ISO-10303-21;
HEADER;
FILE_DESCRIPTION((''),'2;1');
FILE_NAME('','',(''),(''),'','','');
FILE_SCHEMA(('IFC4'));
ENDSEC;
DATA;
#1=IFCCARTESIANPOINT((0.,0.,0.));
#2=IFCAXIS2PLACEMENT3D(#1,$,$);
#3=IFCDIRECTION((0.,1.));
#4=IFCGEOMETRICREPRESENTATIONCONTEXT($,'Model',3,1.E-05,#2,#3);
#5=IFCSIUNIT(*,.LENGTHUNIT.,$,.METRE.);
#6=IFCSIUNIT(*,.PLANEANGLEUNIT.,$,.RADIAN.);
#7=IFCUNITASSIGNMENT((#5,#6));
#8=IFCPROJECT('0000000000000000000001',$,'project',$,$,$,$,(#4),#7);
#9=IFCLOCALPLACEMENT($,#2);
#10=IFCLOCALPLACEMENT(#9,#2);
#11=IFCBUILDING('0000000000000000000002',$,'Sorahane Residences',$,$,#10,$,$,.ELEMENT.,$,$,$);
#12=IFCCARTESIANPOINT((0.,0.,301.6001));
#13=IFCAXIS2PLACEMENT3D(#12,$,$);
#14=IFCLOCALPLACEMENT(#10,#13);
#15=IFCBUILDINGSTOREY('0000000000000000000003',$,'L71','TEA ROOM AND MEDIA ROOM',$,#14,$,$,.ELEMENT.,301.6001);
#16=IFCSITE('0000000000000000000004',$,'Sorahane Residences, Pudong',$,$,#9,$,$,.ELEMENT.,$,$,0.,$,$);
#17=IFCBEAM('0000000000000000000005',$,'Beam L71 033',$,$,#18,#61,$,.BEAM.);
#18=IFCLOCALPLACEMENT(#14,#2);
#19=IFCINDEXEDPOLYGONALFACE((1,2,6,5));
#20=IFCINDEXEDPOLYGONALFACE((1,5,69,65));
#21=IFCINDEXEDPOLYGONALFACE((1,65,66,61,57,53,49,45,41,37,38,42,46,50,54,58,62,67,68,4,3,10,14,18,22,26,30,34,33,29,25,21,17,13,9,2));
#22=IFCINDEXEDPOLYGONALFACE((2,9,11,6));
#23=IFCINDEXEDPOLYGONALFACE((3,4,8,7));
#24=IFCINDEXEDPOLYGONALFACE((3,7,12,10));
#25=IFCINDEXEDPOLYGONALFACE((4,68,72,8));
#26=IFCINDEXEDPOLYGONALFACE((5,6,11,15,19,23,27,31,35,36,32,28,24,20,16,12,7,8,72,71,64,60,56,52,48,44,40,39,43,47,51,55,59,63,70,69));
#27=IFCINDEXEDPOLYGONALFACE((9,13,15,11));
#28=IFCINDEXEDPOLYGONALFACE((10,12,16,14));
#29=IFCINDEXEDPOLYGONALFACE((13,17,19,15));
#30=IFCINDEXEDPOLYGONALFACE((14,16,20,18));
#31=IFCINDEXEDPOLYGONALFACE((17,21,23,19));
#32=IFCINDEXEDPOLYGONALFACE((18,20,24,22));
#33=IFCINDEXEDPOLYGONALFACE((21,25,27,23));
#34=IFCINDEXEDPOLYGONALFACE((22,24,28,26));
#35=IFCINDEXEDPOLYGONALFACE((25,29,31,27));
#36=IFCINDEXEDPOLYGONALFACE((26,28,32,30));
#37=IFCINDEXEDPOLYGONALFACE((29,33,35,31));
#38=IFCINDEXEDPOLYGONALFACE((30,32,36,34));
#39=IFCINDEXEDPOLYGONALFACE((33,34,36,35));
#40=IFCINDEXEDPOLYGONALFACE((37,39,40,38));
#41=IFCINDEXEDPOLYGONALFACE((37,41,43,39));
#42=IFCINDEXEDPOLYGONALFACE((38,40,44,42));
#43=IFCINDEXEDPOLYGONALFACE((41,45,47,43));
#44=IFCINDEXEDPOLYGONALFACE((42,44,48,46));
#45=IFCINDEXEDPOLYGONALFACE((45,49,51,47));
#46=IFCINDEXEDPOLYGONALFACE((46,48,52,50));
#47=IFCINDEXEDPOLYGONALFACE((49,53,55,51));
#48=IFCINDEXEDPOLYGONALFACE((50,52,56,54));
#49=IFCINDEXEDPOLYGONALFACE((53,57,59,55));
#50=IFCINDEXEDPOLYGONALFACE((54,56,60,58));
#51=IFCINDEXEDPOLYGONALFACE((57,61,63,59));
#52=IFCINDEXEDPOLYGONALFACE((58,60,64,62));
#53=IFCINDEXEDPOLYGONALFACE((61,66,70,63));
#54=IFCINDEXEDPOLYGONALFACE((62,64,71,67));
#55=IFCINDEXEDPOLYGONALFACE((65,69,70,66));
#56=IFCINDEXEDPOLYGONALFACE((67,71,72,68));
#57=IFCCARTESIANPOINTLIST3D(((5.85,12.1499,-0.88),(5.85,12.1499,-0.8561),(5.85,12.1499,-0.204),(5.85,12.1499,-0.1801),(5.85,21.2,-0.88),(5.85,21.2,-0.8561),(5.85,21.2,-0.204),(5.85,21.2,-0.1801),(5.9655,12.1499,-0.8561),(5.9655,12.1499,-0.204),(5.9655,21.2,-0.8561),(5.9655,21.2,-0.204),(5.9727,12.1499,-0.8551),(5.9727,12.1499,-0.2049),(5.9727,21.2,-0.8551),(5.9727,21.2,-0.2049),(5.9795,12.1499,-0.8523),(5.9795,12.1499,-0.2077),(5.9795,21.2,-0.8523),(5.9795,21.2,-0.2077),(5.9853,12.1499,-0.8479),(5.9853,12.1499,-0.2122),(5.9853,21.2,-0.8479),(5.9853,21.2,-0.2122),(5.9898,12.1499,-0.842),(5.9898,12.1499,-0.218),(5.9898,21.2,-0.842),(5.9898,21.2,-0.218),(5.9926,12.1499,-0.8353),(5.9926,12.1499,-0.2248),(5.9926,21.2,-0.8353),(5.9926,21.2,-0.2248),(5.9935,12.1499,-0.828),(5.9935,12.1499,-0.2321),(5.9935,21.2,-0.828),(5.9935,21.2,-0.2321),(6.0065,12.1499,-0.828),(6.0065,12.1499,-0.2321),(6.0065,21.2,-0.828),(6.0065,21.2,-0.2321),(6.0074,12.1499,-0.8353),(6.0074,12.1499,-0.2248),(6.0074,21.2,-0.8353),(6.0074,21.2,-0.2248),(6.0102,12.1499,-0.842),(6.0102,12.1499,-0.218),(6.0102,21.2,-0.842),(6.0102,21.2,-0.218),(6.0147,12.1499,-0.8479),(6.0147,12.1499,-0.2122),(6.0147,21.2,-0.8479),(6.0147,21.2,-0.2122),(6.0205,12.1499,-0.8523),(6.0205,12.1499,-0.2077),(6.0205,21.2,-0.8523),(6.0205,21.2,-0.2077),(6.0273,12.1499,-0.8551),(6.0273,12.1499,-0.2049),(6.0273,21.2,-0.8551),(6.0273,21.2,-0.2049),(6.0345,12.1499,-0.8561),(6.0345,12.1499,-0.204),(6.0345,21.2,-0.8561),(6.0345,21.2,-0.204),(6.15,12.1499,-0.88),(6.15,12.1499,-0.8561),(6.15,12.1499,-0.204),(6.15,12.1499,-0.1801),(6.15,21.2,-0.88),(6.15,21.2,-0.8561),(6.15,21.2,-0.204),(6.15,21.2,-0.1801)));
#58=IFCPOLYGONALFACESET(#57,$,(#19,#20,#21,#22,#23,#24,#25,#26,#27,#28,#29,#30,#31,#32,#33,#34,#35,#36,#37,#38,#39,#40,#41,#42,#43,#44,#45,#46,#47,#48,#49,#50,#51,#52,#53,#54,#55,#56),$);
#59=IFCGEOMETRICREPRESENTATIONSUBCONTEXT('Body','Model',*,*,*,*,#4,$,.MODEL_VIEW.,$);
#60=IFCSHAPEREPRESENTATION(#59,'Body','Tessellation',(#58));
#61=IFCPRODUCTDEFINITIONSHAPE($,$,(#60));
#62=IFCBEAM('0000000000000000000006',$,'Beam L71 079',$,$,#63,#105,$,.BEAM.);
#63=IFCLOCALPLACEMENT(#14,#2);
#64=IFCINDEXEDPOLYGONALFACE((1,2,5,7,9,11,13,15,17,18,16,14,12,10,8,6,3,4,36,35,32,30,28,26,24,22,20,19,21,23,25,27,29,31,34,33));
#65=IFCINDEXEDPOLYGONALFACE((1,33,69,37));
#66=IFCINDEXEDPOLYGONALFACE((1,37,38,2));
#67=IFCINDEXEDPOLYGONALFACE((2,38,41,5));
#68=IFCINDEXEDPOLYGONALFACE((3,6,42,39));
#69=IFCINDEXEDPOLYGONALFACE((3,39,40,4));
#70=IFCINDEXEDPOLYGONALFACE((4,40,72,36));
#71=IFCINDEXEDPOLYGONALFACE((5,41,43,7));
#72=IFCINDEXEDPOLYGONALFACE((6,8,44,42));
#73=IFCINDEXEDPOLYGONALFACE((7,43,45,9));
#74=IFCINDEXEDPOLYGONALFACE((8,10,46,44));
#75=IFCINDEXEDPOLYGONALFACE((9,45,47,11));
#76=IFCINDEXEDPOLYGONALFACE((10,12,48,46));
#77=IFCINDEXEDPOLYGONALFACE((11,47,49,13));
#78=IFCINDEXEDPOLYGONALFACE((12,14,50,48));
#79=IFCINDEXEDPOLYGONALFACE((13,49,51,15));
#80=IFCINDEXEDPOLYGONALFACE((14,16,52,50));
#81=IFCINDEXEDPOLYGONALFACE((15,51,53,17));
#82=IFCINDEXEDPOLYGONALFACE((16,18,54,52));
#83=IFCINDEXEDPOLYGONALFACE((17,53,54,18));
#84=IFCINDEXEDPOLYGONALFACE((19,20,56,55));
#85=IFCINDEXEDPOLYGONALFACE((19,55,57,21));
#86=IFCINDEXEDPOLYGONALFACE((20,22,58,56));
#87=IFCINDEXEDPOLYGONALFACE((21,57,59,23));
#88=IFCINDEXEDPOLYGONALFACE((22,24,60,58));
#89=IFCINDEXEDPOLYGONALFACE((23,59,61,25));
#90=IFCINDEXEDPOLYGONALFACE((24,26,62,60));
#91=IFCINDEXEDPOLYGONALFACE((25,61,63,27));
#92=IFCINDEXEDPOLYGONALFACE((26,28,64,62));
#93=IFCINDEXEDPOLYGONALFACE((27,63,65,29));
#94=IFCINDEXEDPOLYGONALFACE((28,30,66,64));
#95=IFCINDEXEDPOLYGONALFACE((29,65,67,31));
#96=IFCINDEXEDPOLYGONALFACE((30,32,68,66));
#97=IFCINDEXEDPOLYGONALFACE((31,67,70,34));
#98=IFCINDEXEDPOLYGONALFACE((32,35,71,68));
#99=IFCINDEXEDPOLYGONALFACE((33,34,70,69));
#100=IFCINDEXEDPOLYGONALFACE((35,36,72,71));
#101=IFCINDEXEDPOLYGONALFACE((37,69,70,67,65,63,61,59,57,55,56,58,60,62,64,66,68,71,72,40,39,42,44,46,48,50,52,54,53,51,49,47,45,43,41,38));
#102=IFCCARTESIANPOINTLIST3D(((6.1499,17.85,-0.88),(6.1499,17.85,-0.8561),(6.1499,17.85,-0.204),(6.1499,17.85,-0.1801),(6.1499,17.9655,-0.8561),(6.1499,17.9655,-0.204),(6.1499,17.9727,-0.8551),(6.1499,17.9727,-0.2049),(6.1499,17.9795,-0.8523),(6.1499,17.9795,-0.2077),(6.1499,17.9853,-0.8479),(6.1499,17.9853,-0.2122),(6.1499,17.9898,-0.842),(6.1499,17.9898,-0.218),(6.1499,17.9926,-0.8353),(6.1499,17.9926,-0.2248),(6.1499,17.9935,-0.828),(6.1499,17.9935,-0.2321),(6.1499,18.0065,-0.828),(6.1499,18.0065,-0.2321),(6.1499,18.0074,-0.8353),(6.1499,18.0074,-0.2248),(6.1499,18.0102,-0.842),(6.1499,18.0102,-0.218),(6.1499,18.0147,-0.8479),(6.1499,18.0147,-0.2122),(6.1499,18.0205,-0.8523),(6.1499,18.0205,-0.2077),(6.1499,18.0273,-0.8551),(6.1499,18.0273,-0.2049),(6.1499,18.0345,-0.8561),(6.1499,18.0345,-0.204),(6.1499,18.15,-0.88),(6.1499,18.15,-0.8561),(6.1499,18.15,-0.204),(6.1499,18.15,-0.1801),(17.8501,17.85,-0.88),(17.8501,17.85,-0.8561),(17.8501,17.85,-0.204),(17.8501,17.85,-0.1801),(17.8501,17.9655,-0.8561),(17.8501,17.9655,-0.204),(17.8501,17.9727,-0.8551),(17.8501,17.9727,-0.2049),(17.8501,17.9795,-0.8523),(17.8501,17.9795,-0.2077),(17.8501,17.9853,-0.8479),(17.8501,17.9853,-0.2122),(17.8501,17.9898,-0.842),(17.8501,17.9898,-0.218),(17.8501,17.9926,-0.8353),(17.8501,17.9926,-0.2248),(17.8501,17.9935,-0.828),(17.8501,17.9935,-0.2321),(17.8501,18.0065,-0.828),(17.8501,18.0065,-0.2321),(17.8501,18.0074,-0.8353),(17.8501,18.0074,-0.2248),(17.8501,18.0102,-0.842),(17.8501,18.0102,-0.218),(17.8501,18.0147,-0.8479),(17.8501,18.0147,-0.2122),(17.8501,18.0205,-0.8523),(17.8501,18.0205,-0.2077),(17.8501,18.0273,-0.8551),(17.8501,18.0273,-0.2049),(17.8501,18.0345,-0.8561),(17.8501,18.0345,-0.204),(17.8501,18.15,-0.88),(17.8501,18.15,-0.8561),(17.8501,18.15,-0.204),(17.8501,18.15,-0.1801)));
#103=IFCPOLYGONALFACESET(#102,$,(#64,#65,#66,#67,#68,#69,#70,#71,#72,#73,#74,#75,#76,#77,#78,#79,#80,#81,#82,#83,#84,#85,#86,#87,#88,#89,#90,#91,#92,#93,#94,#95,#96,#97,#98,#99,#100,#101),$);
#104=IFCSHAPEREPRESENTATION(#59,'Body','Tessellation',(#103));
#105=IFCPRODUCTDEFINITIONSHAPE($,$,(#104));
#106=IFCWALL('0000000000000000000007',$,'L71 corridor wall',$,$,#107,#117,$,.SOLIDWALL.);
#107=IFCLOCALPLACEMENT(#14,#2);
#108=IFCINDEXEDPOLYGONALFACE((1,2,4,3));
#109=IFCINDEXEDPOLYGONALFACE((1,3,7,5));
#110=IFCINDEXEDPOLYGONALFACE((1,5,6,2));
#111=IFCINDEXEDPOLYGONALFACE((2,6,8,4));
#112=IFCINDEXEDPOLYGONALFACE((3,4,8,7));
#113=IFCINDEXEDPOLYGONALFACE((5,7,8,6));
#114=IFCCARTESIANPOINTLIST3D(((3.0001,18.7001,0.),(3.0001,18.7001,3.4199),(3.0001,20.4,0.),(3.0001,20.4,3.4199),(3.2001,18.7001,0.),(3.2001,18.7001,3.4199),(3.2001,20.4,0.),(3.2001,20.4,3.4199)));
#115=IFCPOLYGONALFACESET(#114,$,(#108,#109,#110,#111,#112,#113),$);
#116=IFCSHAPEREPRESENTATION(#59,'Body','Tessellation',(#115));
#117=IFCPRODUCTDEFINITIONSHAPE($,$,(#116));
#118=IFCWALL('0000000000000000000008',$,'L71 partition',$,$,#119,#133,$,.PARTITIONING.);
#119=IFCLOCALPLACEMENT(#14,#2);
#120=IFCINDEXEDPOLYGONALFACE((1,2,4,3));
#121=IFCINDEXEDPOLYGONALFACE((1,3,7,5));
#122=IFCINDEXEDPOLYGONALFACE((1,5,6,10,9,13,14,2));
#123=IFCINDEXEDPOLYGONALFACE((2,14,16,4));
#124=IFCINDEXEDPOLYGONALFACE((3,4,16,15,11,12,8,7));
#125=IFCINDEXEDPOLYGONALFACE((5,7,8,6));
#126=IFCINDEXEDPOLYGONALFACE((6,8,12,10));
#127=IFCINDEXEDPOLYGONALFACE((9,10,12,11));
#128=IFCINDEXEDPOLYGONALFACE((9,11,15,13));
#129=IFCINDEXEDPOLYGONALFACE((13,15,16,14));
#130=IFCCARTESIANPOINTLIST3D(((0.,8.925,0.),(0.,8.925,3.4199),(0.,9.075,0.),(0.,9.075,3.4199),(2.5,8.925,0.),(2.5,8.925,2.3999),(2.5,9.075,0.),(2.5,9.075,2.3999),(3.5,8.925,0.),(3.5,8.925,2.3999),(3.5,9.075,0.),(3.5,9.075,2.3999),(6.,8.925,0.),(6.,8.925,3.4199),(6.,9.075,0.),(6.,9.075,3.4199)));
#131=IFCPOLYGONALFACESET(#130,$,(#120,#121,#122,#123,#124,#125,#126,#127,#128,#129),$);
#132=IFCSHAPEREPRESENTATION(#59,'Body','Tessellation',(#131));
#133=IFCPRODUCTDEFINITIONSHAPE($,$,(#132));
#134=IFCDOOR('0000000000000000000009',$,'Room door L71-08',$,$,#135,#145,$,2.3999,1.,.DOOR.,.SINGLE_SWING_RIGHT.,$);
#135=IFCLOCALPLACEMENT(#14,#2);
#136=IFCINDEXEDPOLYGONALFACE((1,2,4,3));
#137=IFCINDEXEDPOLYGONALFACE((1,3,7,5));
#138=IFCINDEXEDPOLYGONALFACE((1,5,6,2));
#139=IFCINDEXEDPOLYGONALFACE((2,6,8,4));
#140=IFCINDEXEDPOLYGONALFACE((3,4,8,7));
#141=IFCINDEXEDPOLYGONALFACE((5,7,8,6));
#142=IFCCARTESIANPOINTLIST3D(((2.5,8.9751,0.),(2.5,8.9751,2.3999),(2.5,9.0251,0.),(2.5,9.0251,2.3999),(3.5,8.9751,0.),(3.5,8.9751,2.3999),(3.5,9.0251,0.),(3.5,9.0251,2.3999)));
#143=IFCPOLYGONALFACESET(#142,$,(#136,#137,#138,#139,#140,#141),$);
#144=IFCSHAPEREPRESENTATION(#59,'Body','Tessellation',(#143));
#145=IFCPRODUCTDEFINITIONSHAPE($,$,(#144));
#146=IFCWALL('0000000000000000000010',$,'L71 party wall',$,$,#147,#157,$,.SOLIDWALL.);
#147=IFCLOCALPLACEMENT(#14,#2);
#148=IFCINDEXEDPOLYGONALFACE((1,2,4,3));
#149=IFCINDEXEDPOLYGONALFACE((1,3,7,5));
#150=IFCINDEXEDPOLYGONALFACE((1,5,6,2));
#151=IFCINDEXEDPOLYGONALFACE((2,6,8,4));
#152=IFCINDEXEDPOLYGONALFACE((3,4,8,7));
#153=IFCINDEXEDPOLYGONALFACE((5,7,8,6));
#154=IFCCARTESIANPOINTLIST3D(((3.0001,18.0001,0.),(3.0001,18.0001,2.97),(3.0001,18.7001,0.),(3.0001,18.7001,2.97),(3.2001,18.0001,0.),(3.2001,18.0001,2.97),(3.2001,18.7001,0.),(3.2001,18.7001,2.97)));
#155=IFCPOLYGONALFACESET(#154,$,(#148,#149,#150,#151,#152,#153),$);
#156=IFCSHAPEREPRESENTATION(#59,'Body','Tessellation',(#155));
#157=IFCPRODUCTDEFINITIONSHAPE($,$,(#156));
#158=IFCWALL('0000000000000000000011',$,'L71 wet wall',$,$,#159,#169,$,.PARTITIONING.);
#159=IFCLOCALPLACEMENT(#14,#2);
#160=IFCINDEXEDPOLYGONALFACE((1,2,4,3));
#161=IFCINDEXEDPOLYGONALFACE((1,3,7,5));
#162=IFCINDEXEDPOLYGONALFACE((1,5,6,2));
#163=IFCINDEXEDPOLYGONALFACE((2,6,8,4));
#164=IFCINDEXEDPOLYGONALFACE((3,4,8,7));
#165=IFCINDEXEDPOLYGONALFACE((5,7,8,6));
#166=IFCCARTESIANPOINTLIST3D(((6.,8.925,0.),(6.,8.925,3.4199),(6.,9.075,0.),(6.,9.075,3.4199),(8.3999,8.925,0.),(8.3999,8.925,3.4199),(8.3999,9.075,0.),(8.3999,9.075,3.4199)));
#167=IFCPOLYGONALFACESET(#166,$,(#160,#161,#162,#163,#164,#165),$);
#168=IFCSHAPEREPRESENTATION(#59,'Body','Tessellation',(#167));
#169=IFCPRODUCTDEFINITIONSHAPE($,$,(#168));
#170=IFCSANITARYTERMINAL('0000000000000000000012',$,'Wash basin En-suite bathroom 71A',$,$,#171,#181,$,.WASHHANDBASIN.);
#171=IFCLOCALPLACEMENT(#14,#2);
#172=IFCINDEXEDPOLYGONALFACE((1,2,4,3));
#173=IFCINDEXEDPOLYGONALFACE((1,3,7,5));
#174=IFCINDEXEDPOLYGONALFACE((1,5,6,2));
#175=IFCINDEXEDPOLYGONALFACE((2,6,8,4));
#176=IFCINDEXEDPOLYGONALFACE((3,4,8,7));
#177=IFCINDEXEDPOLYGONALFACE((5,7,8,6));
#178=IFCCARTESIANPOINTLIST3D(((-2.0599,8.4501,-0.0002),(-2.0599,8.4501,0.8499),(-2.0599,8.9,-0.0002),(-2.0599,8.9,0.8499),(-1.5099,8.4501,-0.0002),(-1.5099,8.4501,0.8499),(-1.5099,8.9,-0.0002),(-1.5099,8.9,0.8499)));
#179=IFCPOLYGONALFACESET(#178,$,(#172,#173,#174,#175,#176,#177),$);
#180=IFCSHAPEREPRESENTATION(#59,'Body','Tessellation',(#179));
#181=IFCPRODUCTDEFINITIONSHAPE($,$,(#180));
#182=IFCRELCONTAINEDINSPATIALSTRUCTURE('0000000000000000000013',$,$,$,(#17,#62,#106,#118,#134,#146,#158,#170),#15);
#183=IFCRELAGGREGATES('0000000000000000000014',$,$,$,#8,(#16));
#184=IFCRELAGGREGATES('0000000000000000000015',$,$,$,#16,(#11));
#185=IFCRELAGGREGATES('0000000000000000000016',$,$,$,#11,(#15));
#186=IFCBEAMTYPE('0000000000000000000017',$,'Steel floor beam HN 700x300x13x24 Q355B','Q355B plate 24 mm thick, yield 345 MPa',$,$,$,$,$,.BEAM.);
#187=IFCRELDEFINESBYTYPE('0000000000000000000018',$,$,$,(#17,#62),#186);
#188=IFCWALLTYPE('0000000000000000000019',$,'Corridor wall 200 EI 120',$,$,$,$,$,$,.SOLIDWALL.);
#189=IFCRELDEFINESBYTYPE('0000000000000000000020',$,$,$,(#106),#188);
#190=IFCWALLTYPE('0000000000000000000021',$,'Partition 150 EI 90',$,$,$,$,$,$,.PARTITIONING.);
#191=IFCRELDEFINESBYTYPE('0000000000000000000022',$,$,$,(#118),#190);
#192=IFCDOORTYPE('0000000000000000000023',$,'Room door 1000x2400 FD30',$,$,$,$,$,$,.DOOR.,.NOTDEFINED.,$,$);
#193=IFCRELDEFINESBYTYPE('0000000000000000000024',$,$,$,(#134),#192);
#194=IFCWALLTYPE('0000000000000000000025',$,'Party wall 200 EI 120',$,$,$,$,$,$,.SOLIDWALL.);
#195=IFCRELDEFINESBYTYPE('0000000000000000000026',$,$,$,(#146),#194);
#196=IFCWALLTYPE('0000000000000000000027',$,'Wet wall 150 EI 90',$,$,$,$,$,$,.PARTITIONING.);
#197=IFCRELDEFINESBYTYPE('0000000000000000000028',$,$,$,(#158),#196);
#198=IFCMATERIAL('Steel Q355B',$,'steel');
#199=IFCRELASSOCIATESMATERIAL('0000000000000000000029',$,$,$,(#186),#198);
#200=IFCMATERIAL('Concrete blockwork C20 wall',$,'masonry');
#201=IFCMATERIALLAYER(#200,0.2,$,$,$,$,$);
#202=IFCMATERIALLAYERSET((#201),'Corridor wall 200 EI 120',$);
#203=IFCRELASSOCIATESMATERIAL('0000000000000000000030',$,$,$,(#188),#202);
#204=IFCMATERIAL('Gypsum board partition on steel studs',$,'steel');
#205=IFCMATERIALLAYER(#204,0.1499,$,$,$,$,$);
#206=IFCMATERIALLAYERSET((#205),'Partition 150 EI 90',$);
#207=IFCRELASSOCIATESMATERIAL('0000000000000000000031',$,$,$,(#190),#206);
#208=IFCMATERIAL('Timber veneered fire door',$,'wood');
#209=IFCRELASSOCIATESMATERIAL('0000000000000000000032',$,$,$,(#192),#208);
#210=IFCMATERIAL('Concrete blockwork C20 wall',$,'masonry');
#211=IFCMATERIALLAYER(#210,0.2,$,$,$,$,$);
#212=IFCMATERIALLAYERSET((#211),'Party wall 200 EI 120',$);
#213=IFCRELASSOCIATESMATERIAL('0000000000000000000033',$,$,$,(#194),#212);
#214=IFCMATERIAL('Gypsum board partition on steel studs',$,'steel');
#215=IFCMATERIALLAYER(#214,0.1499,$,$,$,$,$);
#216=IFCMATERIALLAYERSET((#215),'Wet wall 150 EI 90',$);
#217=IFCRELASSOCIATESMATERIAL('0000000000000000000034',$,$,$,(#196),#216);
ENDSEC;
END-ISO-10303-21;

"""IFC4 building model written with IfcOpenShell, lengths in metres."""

from ifc_helpers import new_model, si_unit, direction, frame, frame_2d, origin, origin_2d, place, context, subcontext, project, spatial, rectangle, i_section, extrude, material, layer, layer_set, material_profile, profile_set, type_object, element, fill, save


model = new_model("IFC4")

# Units and contexts
model_context = context("Model", 3, precision=1e-05, world=origin(), true_north=direction((0.0, 1.0)))
body_context = subcontext(model_context, "Body", "Model", "MODEL_VIEW")
ifc_project = project(units=[si_unit("LENGTHUNIT", "METRE"), si_unit("PLANEANGLEUNIT", "RADIAN")], contexts=[model_context])

# Site, building, storey
site_placement = place(None, origin())
site = spatial("IfcSite", under=ifc_project, at=site_placement, Name="Sorahane Residences, Pudong", CompositionType="ELEMENT", RefElevation=0.0)
building_placement = place(site_placement, origin())
building = spatial("IfcBuilding", under=site, at=building_placement, Name="Sorahane Residences", CompositionType="ELEMENT")
storey_placement = place(building_placement, frame((0.0, 0.0, 301.6001)))
storey = spatial("IfcBuildingStorey", under=building, at=storey_placement, Name="L71", Description="TEA ROOM AND MEDIA ROOM", CompositionType="ELEMENT", Elevation=301.6001)

# Beams
ifc_material_1 = material(Name="Steel Q355B", Category="steel")
ifc_material_profile_1 = material_profile(ifc_material_1, i_section(OverallWidth=0.3, OverallDepth=0.7, WebThickness=0.0129, FlangeThickness=0.0239, FilletRadius=0.0281, at=origin_2d()), Name="HN 700x300x13x24")
ifc_profile_set_1 = profile_set([ifc_material_profile_1], Name="Steel Q355B")
beam_type_1 = type_object("IfcBeamType", Name="Steel floor beam HN 700x300x13x24 Q355B", Description="Q355B plate 24 mm thick, yield 345 MPa", PredefinedType="BEAM", material=ifc_profile_set_1)
beam_1_placement = place(storey_placement, frame((6.0, 12.1499, -0.53), z_axis=(0.0, 1.0, 0.0), x_axis=(-1.0, 0.0, 0.0)))
element("IfcBeam", 1, at=beam_1_placement, inside=storey, type_object=beam_type_1, Name="Beam L71 033", PredefinedType="BEAM", context=body_context, shape_type="SweptSolid", body=[
    extrude(i_section(OverallWidth=0.3, OverallDepth=0.7, WebThickness=0.0129, FlangeThickness=0.0239, FilletRadius=0.0281, at=origin_2d()), origin(), (0.0, 0.0, 1.0), 9.05),
])
beam_2_placement = place(storey_placement, frame((6.1499, 18.0, -0.53), z_axis=(1.0, 0.0, 0.0), x_axis=(0.0, 1.0, 0.0)))
element("IfcBeam", 2, at=beam_2_placement, inside=storey, type_object=beam_type_1, Name="Beam L71 079", PredefinedType="BEAM", context=body_context, shape_type="SweptSolid", body=[
    extrude(i_section(OverallWidth=0.3, OverallDepth=0.7, WebThickness=0.0129, FlangeThickness=0.0239, FilletRadius=0.0281, at=origin_2d()), origin(), (0.0, 0.0, 1.0), 11.7002),
])

# Wall
ifc_material_2 = material(Name="Concrete blockwork C20 wall", Category="masonry")
ifc_layer_1 = layer(ifc_material_2, 0.2)
ifc_layer_set_1 = layer_set([ifc_layer_1], Name="Corridor wall 200 EI 120")
wall_type_1 = type_object("IfcWallType", Name="Corridor wall 200 EI 120", PredefinedType="SOLIDWALL", material=ifc_layer_set_1)
wall_1_placement = place(storey_placement, frame((3.1001, 18.7, 0.0), z_axis=(0.0, 0.0, 1.0), x_axis=(0.0, 1.0, 0.0)))
element("IfcWall", 3, at=wall_1_placement, inside=storey, type_object=wall_type_1, Name="L71 corridor wall", PredefinedType="SOLIDWALL", context=body_context, shape_type="SweptSolid", body=[
    extrude(rectangle(XDim=1.7, YDim=0.2, at=frame_2d((0.8501, 0.0))), origin(), (0.0, 0.0, 1.0), 3.4199),
])

# Wall, opening, door
ifc_material_3 = material(Name="Gypsum board partition on steel studs", Category="steel")
ifc_layer_2 = layer(ifc_material_3, 0.1499)
ifc_layer_set_2 = layer_set([ifc_layer_2], Name="Partition 150 EI 90")
wall_type_2 = type_object("IfcWallType", Name="Partition 150 EI 90", PredefinedType="PARTITIONING", material=ifc_layer_set_2)
wall_2_placement = place(storey_placement, frame((0.0, 9.0, 0.0), z_axis=(0.0, 0.0, 1.0), x_axis=(1.0, 0.0, 0.0)))
wall_2 = element("IfcWall", 4, at=wall_2_placement, inside=storey, type_object=wall_type_2, Name="L71 partition", PredefinedType="PARTITIONING", context=body_context, shape_type="SweptSolid", body=[
    extrude(rectangle(XDim=6.0, YDim=0.1499, at=frame_2d((3.0, 0.0))), origin(), (0.0, 0.0, 1.0), 3.4199),
])
opening_1_placement = place(wall_2_placement, frame((2.5, 0.0, 0.0)))
opening_1 = element("IfcOpeningElement", 5, at=opening_1_placement, cuts=wall_2, PredefinedType="OPENING", context=body_context, shape_type="SweptSolid", body=[
    extrude(rectangle(XDim=1.0, YDim=2.3999, at=frame_2d((0.5, 1.2))), frame((0.0, 0.085, 0.0), z_axis=(0.0, -1.0, 0.0), x_axis=(1.0, 0.0, 0.0)), (0.0, 0.0, 1.0), 0.1699),
])
ifc_material_4 = material(Name="Timber veneered fire door", Category="wood")
door_type_1 = type_object("IfcDoorType", Name="Room door 1000x2400 FD30", OperationType="NOTDEFINED", PredefinedType="DOOR", material=ifc_material_4)
door_1_placement = place(opening_1_placement, frame((1.0, 0.0, 0.0), z_axis=(0.0, 0.0, 1.0), x_axis=(-1.0, 0.0, 0.0)))
door_1 = element("IfcDoor", 6, at=door_1_placement, inside=storey, type_object=door_type_1, Name="Room door L71-08", OperationType="SINGLE_SWING_RIGHT", OverallHeight=2.3999, OverallWidth=1.0, PredefinedType="DOOR", context=body_context, shape_type="SweptSolid", body=[
    extrude(rectangle(XDim=1.0, YDim=2.3999, at=frame_2d((0.5, 1.2))), frame((0.0, 0.0249, 0.0), z_axis=(0.0, -1.0, 0.0), x_axis=(1.0, 0.0, 0.0)), (0.0, 0.0, 1.0), 0.05),
])
fill(opening_1, door_1)

# Walls
ifc_material_5 = material(Name="Concrete blockwork C20 wall", Category="masonry")
ifc_layer_3 = layer(ifc_material_5, 0.2)
ifc_layer_set_3 = layer_set([ifc_layer_3], Name="Party wall 200 EI 120")
wall_type_3 = type_object("IfcWallType", Name="Party wall 200 EI 120", PredefinedType="SOLIDWALL", material=ifc_layer_set_3)
wall_3_placement = place(storey_placement, frame((3.1001, 18.0, 0.0), z_axis=(0.0, 0.0, 1.0), x_axis=(0.0, 1.0, 0.0)))
element("IfcWall", 7, at=wall_3_placement, inside=storey, type_object=wall_type_3, Name="L71 party wall", PredefinedType="SOLIDWALL", context=body_context, shape_type="SweptSolid", body=[
    extrude(rectangle(XDim=0.7, YDim=0.2, at=frame_2d((0.3501, 0.0))), origin(), (0.0, 0.0, 1.0), 2.97),
])
ifc_material_6 = material(Name="Gypsum board partition on steel studs", Category="steel")
ifc_layer_4 = layer(ifc_material_6, 0.1499)
ifc_layer_set_4 = layer_set([ifc_layer_4], Name="Wet wall 150 EI 90")
wall_type_4 = type_object("IfcWallType", Name="Wet wall 150 EI 90", PredefinedType="PARTITIONING", material=ifc_layer_set_4)
wall_4_placement = place(storey_placement, frame((6.0, 9.0, 0.0), z_axis=(0.0, 0.0, 1.0), x_axis=(1.0, 0.0, 0.0)))
element("IfcWall", 8, at=wall_4_placement, inside=storey, type_object=wall_type_4, Name="L71 wet wall", PredefinedType="PARTITIONING", context=body_context, shape_type="SweptSolid", body=[
    extrude(rectangle(XDim=2.3999, YDim=0.1499, at=frame_2d((1.2, 0.0))), origin(), (0.0, 0.0, 1.0), 3.4199),
])

# Sanitary terminal
sanitary_terminal_1_placement = place(storey_placement, frame((-1.7849, 8.675, -0.0002), z_axis=(0.0, 0.0, 1.0), x_axis=(1.0, 0.0, 0.0)))
element("IfcSanitaryTerminal", 9, at=sanitary_terminal_1_placement, inside=storey, Name="Wash basin En-suite bathroom 71A", PredefinedType="WASHHANDBASIN", context=body_context, shape_type="SweptSolid", body=[
    extrude(rectangle(XDim=0.55, YDim=0.45, at=origin_2d()), origin(), (0.0, 0.0, 1.0), 0.8501),
])

save(model, "model.ifc")
